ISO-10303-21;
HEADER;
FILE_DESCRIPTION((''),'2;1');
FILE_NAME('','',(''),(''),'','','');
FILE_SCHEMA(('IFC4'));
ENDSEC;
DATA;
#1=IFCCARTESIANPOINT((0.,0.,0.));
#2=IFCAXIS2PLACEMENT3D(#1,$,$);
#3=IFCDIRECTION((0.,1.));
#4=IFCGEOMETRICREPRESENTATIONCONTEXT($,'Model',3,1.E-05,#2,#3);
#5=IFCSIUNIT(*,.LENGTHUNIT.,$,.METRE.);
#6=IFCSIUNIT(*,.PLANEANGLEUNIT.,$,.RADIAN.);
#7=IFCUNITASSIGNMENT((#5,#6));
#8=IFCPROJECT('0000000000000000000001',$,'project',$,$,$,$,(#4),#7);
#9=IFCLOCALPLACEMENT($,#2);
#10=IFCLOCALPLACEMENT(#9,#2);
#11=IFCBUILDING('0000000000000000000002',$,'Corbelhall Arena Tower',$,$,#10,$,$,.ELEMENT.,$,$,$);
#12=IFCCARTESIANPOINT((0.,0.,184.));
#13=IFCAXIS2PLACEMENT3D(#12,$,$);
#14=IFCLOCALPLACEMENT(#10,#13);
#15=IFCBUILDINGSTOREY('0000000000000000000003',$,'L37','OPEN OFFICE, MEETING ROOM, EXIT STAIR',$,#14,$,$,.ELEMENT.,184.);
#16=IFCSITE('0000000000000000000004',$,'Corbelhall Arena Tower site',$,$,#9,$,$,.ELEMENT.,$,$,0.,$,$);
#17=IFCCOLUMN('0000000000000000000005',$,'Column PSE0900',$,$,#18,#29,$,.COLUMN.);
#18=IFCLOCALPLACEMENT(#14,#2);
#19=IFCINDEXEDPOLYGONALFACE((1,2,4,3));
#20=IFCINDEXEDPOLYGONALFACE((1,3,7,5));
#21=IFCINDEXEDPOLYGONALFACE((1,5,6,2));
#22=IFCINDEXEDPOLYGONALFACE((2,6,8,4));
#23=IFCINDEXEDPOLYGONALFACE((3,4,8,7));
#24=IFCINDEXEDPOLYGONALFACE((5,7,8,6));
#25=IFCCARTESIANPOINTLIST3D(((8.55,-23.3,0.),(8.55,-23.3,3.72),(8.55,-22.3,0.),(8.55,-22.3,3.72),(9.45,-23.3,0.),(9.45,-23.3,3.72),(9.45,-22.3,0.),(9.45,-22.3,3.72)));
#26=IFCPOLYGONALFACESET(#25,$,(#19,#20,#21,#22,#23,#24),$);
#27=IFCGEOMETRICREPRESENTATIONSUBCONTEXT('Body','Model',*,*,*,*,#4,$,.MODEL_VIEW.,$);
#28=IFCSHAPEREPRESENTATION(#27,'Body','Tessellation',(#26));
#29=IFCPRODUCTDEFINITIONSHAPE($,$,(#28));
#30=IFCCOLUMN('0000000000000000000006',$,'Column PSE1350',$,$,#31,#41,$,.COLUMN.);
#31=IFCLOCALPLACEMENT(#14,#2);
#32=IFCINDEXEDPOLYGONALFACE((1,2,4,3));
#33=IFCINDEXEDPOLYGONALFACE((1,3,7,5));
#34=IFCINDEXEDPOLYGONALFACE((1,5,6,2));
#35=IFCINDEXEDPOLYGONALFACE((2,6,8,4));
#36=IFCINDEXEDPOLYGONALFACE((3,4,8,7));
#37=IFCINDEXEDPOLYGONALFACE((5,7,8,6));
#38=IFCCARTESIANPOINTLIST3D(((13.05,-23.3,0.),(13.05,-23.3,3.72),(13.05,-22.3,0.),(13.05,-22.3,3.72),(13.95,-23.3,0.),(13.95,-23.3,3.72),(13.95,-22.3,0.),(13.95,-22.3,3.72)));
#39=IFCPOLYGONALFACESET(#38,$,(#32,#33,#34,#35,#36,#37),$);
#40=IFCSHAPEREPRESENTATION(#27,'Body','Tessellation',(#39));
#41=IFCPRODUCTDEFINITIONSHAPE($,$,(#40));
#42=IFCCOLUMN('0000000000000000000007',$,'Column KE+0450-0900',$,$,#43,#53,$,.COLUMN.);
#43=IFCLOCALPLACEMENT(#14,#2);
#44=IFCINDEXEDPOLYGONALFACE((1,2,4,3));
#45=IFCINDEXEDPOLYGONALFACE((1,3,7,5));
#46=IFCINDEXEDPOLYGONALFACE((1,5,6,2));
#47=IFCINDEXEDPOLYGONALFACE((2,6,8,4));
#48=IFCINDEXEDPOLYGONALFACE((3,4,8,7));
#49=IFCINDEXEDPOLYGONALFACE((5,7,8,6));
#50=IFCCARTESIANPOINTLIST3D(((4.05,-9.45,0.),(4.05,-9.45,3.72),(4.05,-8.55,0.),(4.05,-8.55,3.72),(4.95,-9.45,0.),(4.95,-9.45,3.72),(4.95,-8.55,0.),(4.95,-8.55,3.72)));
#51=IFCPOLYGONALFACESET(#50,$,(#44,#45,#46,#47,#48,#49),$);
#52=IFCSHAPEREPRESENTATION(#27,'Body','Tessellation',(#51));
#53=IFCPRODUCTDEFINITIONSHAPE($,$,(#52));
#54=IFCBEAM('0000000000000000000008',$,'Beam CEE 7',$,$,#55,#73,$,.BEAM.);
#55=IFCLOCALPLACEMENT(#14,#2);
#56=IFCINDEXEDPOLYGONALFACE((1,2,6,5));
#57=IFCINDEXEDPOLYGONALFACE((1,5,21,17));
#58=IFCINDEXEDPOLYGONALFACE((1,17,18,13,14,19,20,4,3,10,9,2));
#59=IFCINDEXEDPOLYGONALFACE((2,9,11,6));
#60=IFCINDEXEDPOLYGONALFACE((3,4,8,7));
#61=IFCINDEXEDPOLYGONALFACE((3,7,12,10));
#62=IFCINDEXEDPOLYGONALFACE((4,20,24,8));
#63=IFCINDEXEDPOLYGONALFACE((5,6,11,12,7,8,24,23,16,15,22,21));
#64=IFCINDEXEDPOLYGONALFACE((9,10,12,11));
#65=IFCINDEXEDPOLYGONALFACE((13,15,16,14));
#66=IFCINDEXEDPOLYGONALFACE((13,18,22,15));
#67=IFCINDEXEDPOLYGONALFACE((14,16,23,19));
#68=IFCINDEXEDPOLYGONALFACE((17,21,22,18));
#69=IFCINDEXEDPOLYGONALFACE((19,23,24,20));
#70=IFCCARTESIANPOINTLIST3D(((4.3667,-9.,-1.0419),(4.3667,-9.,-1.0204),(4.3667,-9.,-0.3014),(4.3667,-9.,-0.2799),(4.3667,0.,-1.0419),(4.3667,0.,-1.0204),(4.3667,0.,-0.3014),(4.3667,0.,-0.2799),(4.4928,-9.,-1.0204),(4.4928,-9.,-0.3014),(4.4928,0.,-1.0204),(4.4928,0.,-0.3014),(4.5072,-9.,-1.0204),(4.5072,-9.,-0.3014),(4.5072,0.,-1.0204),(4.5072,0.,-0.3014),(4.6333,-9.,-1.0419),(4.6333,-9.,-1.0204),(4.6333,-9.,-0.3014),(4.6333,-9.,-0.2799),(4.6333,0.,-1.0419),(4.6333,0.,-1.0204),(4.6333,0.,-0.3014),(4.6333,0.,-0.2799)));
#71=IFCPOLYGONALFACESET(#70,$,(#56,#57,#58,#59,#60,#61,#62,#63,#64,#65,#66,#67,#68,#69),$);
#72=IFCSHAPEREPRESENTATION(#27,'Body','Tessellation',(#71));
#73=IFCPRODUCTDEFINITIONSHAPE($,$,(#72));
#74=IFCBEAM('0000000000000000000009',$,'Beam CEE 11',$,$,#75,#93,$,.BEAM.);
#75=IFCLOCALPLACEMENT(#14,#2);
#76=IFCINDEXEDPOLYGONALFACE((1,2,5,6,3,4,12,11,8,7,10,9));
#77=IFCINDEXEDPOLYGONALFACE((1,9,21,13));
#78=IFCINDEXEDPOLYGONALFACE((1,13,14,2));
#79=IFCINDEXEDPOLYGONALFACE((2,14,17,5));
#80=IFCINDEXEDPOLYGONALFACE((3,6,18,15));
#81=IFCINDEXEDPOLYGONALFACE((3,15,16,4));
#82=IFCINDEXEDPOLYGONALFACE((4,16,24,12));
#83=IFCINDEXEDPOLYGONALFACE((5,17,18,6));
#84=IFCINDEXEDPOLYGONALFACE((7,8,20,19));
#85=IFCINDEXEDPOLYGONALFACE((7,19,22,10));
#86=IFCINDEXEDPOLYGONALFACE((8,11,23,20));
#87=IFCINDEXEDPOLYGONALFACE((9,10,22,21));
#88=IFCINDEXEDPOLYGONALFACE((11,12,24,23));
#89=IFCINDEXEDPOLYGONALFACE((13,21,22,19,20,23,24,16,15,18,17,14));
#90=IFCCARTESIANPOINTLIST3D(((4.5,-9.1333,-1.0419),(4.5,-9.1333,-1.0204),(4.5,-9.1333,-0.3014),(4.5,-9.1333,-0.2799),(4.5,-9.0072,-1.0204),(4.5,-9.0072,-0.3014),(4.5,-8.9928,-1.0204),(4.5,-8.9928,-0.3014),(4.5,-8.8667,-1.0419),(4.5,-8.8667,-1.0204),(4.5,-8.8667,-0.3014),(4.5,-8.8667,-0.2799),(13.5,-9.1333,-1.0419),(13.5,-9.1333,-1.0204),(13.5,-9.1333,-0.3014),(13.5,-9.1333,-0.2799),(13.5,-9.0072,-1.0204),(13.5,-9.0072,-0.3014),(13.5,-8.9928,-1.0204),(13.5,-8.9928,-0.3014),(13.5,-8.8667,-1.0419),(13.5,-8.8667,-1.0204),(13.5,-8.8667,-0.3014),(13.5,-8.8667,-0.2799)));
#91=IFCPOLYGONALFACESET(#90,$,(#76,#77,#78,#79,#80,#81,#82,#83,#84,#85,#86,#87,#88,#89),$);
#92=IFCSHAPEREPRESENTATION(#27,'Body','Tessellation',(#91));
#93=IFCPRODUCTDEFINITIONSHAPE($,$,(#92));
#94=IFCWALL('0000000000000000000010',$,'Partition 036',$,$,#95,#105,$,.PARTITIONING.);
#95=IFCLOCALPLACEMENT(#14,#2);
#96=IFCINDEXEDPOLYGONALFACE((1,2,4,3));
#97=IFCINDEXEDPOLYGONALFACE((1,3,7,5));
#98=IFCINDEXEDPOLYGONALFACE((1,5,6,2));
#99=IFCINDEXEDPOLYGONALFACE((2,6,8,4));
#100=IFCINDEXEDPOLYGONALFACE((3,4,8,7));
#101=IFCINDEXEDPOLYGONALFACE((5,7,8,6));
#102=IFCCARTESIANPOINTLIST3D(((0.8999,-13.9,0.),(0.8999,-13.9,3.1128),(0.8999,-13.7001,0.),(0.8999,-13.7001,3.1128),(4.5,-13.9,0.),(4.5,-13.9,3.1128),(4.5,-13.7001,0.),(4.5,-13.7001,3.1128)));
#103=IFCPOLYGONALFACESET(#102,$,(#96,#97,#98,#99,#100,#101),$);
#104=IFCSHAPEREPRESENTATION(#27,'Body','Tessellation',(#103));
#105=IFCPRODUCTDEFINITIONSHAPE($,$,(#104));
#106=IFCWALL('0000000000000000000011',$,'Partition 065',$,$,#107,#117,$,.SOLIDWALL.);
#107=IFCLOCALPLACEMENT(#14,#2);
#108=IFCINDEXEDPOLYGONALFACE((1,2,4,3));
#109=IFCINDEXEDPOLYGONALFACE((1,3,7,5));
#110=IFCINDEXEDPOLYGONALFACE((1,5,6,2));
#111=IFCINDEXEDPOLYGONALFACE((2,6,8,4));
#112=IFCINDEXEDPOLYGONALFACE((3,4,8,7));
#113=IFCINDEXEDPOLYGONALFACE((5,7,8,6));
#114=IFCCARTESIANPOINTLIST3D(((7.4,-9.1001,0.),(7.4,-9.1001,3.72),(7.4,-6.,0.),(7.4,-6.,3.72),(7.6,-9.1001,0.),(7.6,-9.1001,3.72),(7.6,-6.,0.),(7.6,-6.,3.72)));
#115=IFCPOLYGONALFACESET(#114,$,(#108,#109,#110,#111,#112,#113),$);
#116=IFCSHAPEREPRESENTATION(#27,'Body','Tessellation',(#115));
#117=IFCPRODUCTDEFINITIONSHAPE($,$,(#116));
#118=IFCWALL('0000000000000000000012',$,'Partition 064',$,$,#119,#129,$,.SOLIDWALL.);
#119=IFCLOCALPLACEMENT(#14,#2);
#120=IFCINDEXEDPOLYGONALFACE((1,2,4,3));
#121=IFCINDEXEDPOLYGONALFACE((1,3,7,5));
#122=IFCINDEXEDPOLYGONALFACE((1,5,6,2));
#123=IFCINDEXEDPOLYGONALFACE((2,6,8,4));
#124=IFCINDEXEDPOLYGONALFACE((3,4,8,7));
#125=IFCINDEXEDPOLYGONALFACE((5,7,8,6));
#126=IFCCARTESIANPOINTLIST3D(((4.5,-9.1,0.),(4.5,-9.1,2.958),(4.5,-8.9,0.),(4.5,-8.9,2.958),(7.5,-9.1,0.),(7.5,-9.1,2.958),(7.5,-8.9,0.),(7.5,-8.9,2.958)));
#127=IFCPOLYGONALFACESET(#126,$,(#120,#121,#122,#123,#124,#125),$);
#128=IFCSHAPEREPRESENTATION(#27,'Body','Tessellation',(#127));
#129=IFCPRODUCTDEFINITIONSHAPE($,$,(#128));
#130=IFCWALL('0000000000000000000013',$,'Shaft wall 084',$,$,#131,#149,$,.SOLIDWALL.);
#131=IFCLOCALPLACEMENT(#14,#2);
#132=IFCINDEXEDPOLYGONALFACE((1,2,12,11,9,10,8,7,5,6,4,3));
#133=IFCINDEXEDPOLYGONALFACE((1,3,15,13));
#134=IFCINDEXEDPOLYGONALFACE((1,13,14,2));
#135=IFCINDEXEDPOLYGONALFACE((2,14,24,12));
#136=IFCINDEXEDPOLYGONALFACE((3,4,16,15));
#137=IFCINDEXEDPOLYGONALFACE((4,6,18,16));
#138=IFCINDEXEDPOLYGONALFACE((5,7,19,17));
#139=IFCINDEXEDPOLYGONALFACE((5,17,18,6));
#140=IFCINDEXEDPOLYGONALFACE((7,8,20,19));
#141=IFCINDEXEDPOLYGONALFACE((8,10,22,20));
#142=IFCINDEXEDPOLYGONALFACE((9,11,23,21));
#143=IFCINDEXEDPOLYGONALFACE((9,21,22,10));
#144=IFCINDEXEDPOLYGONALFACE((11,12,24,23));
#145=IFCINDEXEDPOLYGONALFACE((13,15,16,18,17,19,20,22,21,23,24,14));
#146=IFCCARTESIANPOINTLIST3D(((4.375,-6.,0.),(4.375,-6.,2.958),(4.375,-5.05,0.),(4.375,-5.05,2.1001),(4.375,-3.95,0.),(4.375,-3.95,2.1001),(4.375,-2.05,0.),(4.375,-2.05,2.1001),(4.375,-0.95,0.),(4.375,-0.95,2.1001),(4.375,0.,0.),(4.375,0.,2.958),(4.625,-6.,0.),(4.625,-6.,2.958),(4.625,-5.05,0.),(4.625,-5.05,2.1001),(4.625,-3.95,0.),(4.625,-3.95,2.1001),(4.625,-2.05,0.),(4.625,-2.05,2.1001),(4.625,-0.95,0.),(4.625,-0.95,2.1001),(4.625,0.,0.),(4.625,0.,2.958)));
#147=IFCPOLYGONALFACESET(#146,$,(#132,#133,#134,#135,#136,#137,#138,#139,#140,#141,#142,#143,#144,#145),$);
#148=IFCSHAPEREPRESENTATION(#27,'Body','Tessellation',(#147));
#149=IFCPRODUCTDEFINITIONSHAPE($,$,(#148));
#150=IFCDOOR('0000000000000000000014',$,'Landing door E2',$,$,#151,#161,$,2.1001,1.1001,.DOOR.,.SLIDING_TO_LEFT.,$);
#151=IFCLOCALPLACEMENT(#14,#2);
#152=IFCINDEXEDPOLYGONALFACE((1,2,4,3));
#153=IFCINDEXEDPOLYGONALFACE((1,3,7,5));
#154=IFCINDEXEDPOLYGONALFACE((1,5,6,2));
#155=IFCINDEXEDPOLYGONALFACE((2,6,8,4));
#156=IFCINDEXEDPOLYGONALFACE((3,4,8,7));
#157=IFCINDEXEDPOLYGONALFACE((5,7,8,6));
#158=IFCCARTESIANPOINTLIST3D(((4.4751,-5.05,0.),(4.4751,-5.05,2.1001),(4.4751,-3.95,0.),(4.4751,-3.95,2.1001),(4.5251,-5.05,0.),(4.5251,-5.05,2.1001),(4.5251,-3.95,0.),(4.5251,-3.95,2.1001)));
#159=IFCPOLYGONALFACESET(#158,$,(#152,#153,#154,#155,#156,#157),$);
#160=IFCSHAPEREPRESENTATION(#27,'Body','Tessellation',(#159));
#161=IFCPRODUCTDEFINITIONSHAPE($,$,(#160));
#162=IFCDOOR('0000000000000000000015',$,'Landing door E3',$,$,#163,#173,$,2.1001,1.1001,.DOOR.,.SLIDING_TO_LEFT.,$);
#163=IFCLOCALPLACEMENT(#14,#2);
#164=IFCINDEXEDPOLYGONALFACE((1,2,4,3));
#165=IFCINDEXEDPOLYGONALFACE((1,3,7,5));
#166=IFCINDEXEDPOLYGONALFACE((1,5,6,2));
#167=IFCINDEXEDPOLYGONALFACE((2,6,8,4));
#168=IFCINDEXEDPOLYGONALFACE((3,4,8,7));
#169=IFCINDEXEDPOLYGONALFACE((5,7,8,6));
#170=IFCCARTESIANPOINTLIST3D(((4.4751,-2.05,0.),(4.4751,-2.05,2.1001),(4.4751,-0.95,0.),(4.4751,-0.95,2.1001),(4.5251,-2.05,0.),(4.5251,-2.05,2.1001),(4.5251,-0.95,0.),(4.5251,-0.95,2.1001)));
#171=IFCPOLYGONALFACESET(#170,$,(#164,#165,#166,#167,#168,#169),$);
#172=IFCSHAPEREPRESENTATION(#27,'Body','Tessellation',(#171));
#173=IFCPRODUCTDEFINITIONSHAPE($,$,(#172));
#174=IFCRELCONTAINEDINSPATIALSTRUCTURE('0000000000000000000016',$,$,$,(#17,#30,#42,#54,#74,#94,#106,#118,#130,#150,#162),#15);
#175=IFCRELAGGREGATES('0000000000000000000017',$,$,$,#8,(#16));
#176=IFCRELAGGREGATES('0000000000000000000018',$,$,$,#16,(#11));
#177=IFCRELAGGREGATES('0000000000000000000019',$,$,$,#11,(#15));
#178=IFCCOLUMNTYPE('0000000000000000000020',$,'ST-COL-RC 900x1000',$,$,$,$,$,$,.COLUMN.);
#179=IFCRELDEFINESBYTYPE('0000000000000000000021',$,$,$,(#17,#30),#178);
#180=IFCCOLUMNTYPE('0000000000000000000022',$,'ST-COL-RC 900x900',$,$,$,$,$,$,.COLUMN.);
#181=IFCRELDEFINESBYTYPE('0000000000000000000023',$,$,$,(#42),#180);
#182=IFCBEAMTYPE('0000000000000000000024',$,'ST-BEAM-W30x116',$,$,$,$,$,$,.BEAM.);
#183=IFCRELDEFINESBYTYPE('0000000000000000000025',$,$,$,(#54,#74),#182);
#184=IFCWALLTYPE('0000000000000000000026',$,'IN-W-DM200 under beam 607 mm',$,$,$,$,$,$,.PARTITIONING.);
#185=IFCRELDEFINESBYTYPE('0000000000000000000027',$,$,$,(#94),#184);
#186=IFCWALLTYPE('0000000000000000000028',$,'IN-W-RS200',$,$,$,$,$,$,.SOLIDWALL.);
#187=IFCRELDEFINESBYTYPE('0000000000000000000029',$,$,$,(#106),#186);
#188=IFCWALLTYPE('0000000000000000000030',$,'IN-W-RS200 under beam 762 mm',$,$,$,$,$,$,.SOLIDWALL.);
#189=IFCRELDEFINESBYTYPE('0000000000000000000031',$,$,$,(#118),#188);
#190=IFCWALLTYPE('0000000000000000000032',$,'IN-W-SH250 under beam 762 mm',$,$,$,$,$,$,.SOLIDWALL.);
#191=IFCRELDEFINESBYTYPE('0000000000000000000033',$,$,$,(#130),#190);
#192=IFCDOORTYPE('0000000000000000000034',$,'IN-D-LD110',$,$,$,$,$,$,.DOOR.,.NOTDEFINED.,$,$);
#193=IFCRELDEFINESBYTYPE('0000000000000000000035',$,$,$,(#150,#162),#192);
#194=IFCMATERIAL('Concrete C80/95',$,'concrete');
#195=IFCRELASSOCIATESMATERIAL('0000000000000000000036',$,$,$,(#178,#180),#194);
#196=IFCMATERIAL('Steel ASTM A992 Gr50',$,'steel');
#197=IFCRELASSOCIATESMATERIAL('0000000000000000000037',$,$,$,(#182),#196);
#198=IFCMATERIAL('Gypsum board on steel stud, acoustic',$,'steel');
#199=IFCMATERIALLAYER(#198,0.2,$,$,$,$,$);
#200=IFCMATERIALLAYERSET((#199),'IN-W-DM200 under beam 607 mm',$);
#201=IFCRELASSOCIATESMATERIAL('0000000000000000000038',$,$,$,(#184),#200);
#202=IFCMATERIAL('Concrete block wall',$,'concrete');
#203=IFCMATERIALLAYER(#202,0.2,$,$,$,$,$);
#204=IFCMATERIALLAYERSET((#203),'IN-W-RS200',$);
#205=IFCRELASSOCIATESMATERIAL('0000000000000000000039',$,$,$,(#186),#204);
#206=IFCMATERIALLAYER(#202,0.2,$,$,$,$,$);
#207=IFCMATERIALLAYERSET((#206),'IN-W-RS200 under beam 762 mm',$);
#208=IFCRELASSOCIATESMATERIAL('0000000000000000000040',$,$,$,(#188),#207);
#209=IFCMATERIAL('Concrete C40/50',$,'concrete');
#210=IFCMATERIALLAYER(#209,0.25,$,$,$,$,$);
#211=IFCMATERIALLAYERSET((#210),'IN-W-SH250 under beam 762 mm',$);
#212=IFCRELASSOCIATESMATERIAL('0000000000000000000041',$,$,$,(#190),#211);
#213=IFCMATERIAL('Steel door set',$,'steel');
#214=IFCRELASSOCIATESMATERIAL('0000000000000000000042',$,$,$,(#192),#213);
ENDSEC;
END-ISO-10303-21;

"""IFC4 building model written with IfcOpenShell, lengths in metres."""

from ifc_helpers import new_model, si_unit, direction, frame, frame_2d, origin, origin_2d, place, context, subcontext, project, spatial, rectangle, i_section, extrude, material, layer, layer_set, material_profile, profile_set, type_object, element, fill, save


model = new_model("IFC4")

# Units and contexts
model_context = context("Model", 3, precision=1e-05, world=origin(), true_north=direction((0.0, 1.0)))
body_context = subcontext(model_context, "Body", "Model", "MODEL_VIEW")
ifc_project = project(units=[si_unit("LENGTHUNIT", "METRE"), si_unit("PLANEANGLEUNIT", "RADIAN")], contexts=[model_context])

# Site, building, storey
site_placement = place(None, origin())
site = spatial("IfcSite", under=ifc_project, at=site_placement, Name="Corbelhall Arena Tower site", CompositionType="ELEMENT", RefElevation=0.0)
building_placement = place(site_placement, origin())
building = spatial("IfcBuilding", under=site, at=building_placement, Name="Corbelhall Arena Tower", CompositionType="ELEMENT")
storey_placement = place(building_placement, frame((0.0, 0.0, 184.0)))
storey = spatial("IfcBuildingStorey", under=building, at=storey_placement, Name="L37", Description="OPEN OFFICE, MEETING ROOM, EXIT STAIR", CompositionType="ELEMENT", Elevation=184.0)

# Columns
ifc_material_1 = material(Name="Concrete C80/95", Category="concrete")
ifc_material_profile_1 = material_profile(ifc_material_1, rectangle(XDim=0.8999, YDim=1.0, at=origin_2d()))
ifc_profile_set_1 = profile_set([ifc_material_profile_1], Name="Concrete C80/95")
column_type_1 = type_object("IfcColumnType", Name="ST-COL-RC 900x1000", PredefinedType="COLUMN", material=ifc_profile_set_1)
for number, where, z_axis, x_axis, name in (
    (1, (9.0, -22.8, 0.0), (0.0, 0.0, 1.0), (1.0, 0.0, 0.0), "Column PSE0900"),
    (2, (13.5, -22.8, 0.0), (0.0, 0.0, 1.0), (1.0, 0.0, 0.0), "Column PSE1350"),
):
    element("IfcColumn", number, at=place(storey_placement, frame(where, z_axis=z_axis, x_axis=x_axis)), inside=storey, type_object=column_type_1, Name=name, PredefinedType="COLUMN", context=body_context, shape_type="SweptSolid", body=[
        extrude(rectangle(XDim=0.8999, YDim=1.0, at=origin_2d()), origin(), (0.0, 0.0, 1.0), 3.72),
    ])
ifc_material_profile_2 = material_profile(ifc_material_1, rectangle(XDim=0.8999, YDim=0.8999, at=origin_2d()))
ifc_profile_set_2 = profile_set([ifc_material_profile_2], Name="Concrete C80/95")
column_type_2 = type_object("IfcColumnType", Name="ST-COL-RC 900x900", PredefinedType="COLUMN", material=ifc_profile_set_2)
column_placement = place(storey_placement, frame((4.5, -9.0, 0.0), z_axis=(0.0, 0.0, 1.0), x_axis=(1.0, 0.0, 0.0)))
element("IfcColumn", 3, at=column_placement, inside=storey, type_object=column_type_2, Name="Column KE+0450-0900", PredefinedType="COLUMN", context=body_context, shape_type="SweptSolid", body=[
    extrude(rectangle(XDim=0.8999, YDim=0.8999, at=origin_2d()), origin(), (0.0, 0.0, 1.0), 3.72),
])

# Beams
ifc_material_2 = material(Name="Steel ASTM A992 Gr50", Category="steel")
ifc_material_profile_3 = material_profile(ifc_material_2, i_section(OverallWidth=0.2666, OverallDepth=0.762, WebThickness=0.0144, FlangeThickness=0.0215, at=origin_2d()))
ifc_profile_set_3 = profile_set([ifc_material_profile_3], Name="Steel ASTM A992 Gr50")
beam_type = type_object("IfcBeamType", Name="ST-BEAM-W30x116", PredefinedType="BEAM", material=ifc_profile_set_3)
for number, where, z_axis, x_axis, name in (
    (4, (4.5, -9.0, -0.6609), (0.0, 1.0, 0.0), (-1.0, 0.0, 0.0), "Beam CEE 7"),
    (5, (4.5, -9.0, -0.6609), (1.0, 0.0, 0.0), (0.0, 1.0, 0.0), "Beam CEE 11"),
):
    element("IfcBeam", number, at=place(storey_placement, frame(where, z_axis=z_axis, x_axis=x_axis)), inside=storey, type_object=beam_type, Name=name, PredefinedType="BEAM", context=body_context, shape_type="SweptSolid", body=[
        extrude(i_section(OverallWidth=0.2666, OverallDepth=0.762, WebThickness=0.0144, FlangeThickness=0.0215, at=origin_2d()), origin(), (0.0, 0.0, 1.0), 9.0),
    ])

# Walls
ifc_material_3 = material(Name="Gypsum board on steel stud, acoustic", Category="steel")
ifc_layer_1 = layer(ifc_material_3, 0.2)
ifc_layer_set_1 = layer_set([ifc_layer_1], Name="IN-W-DM200 under beam 607 mm")
wall_type_1 = type_object("IfcWallType", Name="IN-W-DM200 under beam 607 mm", PredefinedType="PARTITIONING", material=ifc_layer_set_1)
wall_1_placement = place(storey_placement, frame((4.5, -13.8, 0.0), z_axis=(0.0, 0.0, 1.0), x_axis=(-1.0, 0.0, 0.0)))
element("IfcWall", 6, at=wall_1_placement, inside=storey, type_object=wall_type_1, Name="Partition 036", PredefinedType="PARTITIONING", context=body_context, shape_type="SweptSolid", body=[
    extrude(rectangle(XDim=3.6001, YDim=0.2, at=frame_2d((1.8, 0.0))), origin(), (0.0, 0.0, 1.0), 3.1128),
])
ifc_material_4 = material(Name="Concrete block wall", Category="concrete")
ifc_layer_2 = layer(ifc_material_4, 0.2)
ifc_layer_set_2 = layer_set([ifc_layer_2], Name="IN-W-RS200")
wall_type_2 = type_object("IfcWallType", Name="IN-W-RS200", PredefinedType="SOLIDWALL", material=ifc_layer_set_2)
wall_2_placement = place(storey_placement, frame((7.5, -6.0, 0.0), z_axis=(0.0, 0.0, 1.0), x_axis=(0.0, -1.0, 0.0)))
element("IfcWall", 7, at=wall_2_placement, inside=storey, type_object=wall_type_2, Name="Partition 065", PredefinedType="SOLIDWALL", context=body_context, shape_type="SweptSolid", body=[
    extrude(rectangle(XDim=3.1001, YDim=0.2, at=frame_2d((1.55, 0.0))), origin(), (0.0, 0.0, 1.0), 3.72),
])

# Shared definitions
ifc_material_5 = material(Name="Steel door set", Category="steel")
ifc_layer_3 = layer(ifc_material_4, 0.2)
ifc_layer_set_3 = layer_set([ifc_layer_3], Name="IN-W-RS200 under beam 762 mm")
wall_type_3 = type_object("IfcWallType", Name="IN-W-RS200 under beam 762 mm", PredefinedType="SOLIDWALL", material=ifc_layer_set_3)

# Wall
wall_3_placement = place(storey_placement, frame((7.5, -9.0, 0.0), z_axis=(0.0, 0.0, 1.0), x_axis=(-1.0, 0.0, 0.0)))
element("IfcWall", 8, at=wall_3_placement, inside=storey, type_object=wall_type_3, Name="Partition 064", PredefinedType="SOLIDWALL", context=body_context, shape_type="SweptSolid", body=[
    extrude(rectangle(XDim=3.0, YDim=0.2, at=frame_2d((1.5, 0.0))), origin(), (0.0, 0.0, 1.0), 2.958),
])

# Wall, openings, doors
ifc_material_6 = material(Name="Concrete C40/50", Category="concrete")
ifc_layer_4 = layer(ifc_material_6, 0.25)
ifc_layer_set_4 = layer_set([ifc_layer_4], Name="IN-W-SH250 under beam 762 mm")
wall_type_4 = type_object("IfcWallType", Name="IN-W-SH250 under beam 762 mm", PredefinedType="SOLIDWALL", material=ifc_layer_set_4)
wall_4_placement = place(storey_placement, frame((4.5, -6.0, 0.0), z_axis=(0.0, 0.0, 1.0), x_axis=(0.0, 1.0, 0.0)))
wall_4 = element("IfcWall", 9, at=wall_4_placement, inside=storey, type_object=wall_type_4, Name="Shaft wall 084", PredefinedType="SOLIDWALL", context=body_context, shape_type="SweptSolid", body=[
    extrude(rectangle(XDim=6.0, YDim=0.25, at=frame_2d((3.0, 0.0))), origin(), (0.0, 0.0, 1.0), 2.958),
])
opening_1_placement = place(wall_4_placement, frame((0.95, 0.0, 0.0)))
opening_1 = element("IfcOpeningElement", 10, at=opening_1_placement, cuts=wall_4, PredefinedType="OPENING", context=body_context, shape_type="SweptSolid", body=[
    extrude(rectangle(XDim=1.1001, YDim=2.1001, at=frame_2d((0.55, 1.05))), frame((0.0, 0.125, 0.0), z_axis=(0.0, -1.0, 0.0), x_axis=(1.0, 0.0, 0.0)), (0.0, 0.0, 1.0), 0.25),
])
opening_2_placement = place(wall_4_placement, frame((3.95, 0.0, 0.0)))
opening_2 = element("IfcOpeningElement", 11, at=opening_2_placement, cuts=wall_4, PredefinedType="OPENING", context=body_context, shape_type="SweptSolid", body=[
    extrude(rectangle(XDim=1.1001, YDim=2.1001, at=frame_2d((0.55, 1.05))), frame((0.0, 0.125, 0.0), z_axis=(0.0, -1.0, 0.0), x_axis=(1.0, 0.0, 0.0)), (0.0, 0.0, 1.0), 0.25),
])
door_type_1 = type_object("IfcDoorType", Name="IN-D-LD110", OperationType="NOTDEFINED", PredefinedType="DOOR", material=ifc_material_5)
door_1_placement = place(opening_1_placement, origin())
door_1 = element("IfcDoor", 12, at=door_1_placement, inside=storey, type_object=door_type_1, Name="Landing door E2", OperationType="SLIDING_TO_LEFT", OverallHeight=2.1001, OverallWidth=1.1001, PredefinedType="DOOR", context=body_context, shape_type="SweptSolid", body=[
    extrude(rectangle(XDim=1.1001, YDim=2.1001, at=frame_2d((0.55, 1.05))), frame((0.0, 0.0249, 0.0), z_axis=(0.0, -1.0, 0.0), x_axis=(1.0, 0.0, 0.0)), (0.0, 0.0, 1.0), 0.05),
])
fill(opening_1, door_1)
door_2_placement = place(opening_2_placement, origin())
door_2 = element("IfcDoor", 13, at=door_2_placement, inside=storey, type_object=door_type_1, Name="Landing door E3", OperationType="SLIDING_TO_LEFT", OverallHeight=2.1001, OverallWidth=1.1001, PredefinedType="DOOR", context=body_context, shape_type="SweptSolid", body=[
    extrude(rectangle(XDim=1.1001, YDim=2.1001, at=frame_2d((0.55, 1.05))), frame((0.0, 0.0249, 0.0), z_axis=(0.0, -1.0, 0.0), x_axis=(1.0, 0.0, 0.0)), (0.0, 0.0, 1.0), 0.05),
])
fill(opening_2, door_2)

save(model, "model.ifc")
